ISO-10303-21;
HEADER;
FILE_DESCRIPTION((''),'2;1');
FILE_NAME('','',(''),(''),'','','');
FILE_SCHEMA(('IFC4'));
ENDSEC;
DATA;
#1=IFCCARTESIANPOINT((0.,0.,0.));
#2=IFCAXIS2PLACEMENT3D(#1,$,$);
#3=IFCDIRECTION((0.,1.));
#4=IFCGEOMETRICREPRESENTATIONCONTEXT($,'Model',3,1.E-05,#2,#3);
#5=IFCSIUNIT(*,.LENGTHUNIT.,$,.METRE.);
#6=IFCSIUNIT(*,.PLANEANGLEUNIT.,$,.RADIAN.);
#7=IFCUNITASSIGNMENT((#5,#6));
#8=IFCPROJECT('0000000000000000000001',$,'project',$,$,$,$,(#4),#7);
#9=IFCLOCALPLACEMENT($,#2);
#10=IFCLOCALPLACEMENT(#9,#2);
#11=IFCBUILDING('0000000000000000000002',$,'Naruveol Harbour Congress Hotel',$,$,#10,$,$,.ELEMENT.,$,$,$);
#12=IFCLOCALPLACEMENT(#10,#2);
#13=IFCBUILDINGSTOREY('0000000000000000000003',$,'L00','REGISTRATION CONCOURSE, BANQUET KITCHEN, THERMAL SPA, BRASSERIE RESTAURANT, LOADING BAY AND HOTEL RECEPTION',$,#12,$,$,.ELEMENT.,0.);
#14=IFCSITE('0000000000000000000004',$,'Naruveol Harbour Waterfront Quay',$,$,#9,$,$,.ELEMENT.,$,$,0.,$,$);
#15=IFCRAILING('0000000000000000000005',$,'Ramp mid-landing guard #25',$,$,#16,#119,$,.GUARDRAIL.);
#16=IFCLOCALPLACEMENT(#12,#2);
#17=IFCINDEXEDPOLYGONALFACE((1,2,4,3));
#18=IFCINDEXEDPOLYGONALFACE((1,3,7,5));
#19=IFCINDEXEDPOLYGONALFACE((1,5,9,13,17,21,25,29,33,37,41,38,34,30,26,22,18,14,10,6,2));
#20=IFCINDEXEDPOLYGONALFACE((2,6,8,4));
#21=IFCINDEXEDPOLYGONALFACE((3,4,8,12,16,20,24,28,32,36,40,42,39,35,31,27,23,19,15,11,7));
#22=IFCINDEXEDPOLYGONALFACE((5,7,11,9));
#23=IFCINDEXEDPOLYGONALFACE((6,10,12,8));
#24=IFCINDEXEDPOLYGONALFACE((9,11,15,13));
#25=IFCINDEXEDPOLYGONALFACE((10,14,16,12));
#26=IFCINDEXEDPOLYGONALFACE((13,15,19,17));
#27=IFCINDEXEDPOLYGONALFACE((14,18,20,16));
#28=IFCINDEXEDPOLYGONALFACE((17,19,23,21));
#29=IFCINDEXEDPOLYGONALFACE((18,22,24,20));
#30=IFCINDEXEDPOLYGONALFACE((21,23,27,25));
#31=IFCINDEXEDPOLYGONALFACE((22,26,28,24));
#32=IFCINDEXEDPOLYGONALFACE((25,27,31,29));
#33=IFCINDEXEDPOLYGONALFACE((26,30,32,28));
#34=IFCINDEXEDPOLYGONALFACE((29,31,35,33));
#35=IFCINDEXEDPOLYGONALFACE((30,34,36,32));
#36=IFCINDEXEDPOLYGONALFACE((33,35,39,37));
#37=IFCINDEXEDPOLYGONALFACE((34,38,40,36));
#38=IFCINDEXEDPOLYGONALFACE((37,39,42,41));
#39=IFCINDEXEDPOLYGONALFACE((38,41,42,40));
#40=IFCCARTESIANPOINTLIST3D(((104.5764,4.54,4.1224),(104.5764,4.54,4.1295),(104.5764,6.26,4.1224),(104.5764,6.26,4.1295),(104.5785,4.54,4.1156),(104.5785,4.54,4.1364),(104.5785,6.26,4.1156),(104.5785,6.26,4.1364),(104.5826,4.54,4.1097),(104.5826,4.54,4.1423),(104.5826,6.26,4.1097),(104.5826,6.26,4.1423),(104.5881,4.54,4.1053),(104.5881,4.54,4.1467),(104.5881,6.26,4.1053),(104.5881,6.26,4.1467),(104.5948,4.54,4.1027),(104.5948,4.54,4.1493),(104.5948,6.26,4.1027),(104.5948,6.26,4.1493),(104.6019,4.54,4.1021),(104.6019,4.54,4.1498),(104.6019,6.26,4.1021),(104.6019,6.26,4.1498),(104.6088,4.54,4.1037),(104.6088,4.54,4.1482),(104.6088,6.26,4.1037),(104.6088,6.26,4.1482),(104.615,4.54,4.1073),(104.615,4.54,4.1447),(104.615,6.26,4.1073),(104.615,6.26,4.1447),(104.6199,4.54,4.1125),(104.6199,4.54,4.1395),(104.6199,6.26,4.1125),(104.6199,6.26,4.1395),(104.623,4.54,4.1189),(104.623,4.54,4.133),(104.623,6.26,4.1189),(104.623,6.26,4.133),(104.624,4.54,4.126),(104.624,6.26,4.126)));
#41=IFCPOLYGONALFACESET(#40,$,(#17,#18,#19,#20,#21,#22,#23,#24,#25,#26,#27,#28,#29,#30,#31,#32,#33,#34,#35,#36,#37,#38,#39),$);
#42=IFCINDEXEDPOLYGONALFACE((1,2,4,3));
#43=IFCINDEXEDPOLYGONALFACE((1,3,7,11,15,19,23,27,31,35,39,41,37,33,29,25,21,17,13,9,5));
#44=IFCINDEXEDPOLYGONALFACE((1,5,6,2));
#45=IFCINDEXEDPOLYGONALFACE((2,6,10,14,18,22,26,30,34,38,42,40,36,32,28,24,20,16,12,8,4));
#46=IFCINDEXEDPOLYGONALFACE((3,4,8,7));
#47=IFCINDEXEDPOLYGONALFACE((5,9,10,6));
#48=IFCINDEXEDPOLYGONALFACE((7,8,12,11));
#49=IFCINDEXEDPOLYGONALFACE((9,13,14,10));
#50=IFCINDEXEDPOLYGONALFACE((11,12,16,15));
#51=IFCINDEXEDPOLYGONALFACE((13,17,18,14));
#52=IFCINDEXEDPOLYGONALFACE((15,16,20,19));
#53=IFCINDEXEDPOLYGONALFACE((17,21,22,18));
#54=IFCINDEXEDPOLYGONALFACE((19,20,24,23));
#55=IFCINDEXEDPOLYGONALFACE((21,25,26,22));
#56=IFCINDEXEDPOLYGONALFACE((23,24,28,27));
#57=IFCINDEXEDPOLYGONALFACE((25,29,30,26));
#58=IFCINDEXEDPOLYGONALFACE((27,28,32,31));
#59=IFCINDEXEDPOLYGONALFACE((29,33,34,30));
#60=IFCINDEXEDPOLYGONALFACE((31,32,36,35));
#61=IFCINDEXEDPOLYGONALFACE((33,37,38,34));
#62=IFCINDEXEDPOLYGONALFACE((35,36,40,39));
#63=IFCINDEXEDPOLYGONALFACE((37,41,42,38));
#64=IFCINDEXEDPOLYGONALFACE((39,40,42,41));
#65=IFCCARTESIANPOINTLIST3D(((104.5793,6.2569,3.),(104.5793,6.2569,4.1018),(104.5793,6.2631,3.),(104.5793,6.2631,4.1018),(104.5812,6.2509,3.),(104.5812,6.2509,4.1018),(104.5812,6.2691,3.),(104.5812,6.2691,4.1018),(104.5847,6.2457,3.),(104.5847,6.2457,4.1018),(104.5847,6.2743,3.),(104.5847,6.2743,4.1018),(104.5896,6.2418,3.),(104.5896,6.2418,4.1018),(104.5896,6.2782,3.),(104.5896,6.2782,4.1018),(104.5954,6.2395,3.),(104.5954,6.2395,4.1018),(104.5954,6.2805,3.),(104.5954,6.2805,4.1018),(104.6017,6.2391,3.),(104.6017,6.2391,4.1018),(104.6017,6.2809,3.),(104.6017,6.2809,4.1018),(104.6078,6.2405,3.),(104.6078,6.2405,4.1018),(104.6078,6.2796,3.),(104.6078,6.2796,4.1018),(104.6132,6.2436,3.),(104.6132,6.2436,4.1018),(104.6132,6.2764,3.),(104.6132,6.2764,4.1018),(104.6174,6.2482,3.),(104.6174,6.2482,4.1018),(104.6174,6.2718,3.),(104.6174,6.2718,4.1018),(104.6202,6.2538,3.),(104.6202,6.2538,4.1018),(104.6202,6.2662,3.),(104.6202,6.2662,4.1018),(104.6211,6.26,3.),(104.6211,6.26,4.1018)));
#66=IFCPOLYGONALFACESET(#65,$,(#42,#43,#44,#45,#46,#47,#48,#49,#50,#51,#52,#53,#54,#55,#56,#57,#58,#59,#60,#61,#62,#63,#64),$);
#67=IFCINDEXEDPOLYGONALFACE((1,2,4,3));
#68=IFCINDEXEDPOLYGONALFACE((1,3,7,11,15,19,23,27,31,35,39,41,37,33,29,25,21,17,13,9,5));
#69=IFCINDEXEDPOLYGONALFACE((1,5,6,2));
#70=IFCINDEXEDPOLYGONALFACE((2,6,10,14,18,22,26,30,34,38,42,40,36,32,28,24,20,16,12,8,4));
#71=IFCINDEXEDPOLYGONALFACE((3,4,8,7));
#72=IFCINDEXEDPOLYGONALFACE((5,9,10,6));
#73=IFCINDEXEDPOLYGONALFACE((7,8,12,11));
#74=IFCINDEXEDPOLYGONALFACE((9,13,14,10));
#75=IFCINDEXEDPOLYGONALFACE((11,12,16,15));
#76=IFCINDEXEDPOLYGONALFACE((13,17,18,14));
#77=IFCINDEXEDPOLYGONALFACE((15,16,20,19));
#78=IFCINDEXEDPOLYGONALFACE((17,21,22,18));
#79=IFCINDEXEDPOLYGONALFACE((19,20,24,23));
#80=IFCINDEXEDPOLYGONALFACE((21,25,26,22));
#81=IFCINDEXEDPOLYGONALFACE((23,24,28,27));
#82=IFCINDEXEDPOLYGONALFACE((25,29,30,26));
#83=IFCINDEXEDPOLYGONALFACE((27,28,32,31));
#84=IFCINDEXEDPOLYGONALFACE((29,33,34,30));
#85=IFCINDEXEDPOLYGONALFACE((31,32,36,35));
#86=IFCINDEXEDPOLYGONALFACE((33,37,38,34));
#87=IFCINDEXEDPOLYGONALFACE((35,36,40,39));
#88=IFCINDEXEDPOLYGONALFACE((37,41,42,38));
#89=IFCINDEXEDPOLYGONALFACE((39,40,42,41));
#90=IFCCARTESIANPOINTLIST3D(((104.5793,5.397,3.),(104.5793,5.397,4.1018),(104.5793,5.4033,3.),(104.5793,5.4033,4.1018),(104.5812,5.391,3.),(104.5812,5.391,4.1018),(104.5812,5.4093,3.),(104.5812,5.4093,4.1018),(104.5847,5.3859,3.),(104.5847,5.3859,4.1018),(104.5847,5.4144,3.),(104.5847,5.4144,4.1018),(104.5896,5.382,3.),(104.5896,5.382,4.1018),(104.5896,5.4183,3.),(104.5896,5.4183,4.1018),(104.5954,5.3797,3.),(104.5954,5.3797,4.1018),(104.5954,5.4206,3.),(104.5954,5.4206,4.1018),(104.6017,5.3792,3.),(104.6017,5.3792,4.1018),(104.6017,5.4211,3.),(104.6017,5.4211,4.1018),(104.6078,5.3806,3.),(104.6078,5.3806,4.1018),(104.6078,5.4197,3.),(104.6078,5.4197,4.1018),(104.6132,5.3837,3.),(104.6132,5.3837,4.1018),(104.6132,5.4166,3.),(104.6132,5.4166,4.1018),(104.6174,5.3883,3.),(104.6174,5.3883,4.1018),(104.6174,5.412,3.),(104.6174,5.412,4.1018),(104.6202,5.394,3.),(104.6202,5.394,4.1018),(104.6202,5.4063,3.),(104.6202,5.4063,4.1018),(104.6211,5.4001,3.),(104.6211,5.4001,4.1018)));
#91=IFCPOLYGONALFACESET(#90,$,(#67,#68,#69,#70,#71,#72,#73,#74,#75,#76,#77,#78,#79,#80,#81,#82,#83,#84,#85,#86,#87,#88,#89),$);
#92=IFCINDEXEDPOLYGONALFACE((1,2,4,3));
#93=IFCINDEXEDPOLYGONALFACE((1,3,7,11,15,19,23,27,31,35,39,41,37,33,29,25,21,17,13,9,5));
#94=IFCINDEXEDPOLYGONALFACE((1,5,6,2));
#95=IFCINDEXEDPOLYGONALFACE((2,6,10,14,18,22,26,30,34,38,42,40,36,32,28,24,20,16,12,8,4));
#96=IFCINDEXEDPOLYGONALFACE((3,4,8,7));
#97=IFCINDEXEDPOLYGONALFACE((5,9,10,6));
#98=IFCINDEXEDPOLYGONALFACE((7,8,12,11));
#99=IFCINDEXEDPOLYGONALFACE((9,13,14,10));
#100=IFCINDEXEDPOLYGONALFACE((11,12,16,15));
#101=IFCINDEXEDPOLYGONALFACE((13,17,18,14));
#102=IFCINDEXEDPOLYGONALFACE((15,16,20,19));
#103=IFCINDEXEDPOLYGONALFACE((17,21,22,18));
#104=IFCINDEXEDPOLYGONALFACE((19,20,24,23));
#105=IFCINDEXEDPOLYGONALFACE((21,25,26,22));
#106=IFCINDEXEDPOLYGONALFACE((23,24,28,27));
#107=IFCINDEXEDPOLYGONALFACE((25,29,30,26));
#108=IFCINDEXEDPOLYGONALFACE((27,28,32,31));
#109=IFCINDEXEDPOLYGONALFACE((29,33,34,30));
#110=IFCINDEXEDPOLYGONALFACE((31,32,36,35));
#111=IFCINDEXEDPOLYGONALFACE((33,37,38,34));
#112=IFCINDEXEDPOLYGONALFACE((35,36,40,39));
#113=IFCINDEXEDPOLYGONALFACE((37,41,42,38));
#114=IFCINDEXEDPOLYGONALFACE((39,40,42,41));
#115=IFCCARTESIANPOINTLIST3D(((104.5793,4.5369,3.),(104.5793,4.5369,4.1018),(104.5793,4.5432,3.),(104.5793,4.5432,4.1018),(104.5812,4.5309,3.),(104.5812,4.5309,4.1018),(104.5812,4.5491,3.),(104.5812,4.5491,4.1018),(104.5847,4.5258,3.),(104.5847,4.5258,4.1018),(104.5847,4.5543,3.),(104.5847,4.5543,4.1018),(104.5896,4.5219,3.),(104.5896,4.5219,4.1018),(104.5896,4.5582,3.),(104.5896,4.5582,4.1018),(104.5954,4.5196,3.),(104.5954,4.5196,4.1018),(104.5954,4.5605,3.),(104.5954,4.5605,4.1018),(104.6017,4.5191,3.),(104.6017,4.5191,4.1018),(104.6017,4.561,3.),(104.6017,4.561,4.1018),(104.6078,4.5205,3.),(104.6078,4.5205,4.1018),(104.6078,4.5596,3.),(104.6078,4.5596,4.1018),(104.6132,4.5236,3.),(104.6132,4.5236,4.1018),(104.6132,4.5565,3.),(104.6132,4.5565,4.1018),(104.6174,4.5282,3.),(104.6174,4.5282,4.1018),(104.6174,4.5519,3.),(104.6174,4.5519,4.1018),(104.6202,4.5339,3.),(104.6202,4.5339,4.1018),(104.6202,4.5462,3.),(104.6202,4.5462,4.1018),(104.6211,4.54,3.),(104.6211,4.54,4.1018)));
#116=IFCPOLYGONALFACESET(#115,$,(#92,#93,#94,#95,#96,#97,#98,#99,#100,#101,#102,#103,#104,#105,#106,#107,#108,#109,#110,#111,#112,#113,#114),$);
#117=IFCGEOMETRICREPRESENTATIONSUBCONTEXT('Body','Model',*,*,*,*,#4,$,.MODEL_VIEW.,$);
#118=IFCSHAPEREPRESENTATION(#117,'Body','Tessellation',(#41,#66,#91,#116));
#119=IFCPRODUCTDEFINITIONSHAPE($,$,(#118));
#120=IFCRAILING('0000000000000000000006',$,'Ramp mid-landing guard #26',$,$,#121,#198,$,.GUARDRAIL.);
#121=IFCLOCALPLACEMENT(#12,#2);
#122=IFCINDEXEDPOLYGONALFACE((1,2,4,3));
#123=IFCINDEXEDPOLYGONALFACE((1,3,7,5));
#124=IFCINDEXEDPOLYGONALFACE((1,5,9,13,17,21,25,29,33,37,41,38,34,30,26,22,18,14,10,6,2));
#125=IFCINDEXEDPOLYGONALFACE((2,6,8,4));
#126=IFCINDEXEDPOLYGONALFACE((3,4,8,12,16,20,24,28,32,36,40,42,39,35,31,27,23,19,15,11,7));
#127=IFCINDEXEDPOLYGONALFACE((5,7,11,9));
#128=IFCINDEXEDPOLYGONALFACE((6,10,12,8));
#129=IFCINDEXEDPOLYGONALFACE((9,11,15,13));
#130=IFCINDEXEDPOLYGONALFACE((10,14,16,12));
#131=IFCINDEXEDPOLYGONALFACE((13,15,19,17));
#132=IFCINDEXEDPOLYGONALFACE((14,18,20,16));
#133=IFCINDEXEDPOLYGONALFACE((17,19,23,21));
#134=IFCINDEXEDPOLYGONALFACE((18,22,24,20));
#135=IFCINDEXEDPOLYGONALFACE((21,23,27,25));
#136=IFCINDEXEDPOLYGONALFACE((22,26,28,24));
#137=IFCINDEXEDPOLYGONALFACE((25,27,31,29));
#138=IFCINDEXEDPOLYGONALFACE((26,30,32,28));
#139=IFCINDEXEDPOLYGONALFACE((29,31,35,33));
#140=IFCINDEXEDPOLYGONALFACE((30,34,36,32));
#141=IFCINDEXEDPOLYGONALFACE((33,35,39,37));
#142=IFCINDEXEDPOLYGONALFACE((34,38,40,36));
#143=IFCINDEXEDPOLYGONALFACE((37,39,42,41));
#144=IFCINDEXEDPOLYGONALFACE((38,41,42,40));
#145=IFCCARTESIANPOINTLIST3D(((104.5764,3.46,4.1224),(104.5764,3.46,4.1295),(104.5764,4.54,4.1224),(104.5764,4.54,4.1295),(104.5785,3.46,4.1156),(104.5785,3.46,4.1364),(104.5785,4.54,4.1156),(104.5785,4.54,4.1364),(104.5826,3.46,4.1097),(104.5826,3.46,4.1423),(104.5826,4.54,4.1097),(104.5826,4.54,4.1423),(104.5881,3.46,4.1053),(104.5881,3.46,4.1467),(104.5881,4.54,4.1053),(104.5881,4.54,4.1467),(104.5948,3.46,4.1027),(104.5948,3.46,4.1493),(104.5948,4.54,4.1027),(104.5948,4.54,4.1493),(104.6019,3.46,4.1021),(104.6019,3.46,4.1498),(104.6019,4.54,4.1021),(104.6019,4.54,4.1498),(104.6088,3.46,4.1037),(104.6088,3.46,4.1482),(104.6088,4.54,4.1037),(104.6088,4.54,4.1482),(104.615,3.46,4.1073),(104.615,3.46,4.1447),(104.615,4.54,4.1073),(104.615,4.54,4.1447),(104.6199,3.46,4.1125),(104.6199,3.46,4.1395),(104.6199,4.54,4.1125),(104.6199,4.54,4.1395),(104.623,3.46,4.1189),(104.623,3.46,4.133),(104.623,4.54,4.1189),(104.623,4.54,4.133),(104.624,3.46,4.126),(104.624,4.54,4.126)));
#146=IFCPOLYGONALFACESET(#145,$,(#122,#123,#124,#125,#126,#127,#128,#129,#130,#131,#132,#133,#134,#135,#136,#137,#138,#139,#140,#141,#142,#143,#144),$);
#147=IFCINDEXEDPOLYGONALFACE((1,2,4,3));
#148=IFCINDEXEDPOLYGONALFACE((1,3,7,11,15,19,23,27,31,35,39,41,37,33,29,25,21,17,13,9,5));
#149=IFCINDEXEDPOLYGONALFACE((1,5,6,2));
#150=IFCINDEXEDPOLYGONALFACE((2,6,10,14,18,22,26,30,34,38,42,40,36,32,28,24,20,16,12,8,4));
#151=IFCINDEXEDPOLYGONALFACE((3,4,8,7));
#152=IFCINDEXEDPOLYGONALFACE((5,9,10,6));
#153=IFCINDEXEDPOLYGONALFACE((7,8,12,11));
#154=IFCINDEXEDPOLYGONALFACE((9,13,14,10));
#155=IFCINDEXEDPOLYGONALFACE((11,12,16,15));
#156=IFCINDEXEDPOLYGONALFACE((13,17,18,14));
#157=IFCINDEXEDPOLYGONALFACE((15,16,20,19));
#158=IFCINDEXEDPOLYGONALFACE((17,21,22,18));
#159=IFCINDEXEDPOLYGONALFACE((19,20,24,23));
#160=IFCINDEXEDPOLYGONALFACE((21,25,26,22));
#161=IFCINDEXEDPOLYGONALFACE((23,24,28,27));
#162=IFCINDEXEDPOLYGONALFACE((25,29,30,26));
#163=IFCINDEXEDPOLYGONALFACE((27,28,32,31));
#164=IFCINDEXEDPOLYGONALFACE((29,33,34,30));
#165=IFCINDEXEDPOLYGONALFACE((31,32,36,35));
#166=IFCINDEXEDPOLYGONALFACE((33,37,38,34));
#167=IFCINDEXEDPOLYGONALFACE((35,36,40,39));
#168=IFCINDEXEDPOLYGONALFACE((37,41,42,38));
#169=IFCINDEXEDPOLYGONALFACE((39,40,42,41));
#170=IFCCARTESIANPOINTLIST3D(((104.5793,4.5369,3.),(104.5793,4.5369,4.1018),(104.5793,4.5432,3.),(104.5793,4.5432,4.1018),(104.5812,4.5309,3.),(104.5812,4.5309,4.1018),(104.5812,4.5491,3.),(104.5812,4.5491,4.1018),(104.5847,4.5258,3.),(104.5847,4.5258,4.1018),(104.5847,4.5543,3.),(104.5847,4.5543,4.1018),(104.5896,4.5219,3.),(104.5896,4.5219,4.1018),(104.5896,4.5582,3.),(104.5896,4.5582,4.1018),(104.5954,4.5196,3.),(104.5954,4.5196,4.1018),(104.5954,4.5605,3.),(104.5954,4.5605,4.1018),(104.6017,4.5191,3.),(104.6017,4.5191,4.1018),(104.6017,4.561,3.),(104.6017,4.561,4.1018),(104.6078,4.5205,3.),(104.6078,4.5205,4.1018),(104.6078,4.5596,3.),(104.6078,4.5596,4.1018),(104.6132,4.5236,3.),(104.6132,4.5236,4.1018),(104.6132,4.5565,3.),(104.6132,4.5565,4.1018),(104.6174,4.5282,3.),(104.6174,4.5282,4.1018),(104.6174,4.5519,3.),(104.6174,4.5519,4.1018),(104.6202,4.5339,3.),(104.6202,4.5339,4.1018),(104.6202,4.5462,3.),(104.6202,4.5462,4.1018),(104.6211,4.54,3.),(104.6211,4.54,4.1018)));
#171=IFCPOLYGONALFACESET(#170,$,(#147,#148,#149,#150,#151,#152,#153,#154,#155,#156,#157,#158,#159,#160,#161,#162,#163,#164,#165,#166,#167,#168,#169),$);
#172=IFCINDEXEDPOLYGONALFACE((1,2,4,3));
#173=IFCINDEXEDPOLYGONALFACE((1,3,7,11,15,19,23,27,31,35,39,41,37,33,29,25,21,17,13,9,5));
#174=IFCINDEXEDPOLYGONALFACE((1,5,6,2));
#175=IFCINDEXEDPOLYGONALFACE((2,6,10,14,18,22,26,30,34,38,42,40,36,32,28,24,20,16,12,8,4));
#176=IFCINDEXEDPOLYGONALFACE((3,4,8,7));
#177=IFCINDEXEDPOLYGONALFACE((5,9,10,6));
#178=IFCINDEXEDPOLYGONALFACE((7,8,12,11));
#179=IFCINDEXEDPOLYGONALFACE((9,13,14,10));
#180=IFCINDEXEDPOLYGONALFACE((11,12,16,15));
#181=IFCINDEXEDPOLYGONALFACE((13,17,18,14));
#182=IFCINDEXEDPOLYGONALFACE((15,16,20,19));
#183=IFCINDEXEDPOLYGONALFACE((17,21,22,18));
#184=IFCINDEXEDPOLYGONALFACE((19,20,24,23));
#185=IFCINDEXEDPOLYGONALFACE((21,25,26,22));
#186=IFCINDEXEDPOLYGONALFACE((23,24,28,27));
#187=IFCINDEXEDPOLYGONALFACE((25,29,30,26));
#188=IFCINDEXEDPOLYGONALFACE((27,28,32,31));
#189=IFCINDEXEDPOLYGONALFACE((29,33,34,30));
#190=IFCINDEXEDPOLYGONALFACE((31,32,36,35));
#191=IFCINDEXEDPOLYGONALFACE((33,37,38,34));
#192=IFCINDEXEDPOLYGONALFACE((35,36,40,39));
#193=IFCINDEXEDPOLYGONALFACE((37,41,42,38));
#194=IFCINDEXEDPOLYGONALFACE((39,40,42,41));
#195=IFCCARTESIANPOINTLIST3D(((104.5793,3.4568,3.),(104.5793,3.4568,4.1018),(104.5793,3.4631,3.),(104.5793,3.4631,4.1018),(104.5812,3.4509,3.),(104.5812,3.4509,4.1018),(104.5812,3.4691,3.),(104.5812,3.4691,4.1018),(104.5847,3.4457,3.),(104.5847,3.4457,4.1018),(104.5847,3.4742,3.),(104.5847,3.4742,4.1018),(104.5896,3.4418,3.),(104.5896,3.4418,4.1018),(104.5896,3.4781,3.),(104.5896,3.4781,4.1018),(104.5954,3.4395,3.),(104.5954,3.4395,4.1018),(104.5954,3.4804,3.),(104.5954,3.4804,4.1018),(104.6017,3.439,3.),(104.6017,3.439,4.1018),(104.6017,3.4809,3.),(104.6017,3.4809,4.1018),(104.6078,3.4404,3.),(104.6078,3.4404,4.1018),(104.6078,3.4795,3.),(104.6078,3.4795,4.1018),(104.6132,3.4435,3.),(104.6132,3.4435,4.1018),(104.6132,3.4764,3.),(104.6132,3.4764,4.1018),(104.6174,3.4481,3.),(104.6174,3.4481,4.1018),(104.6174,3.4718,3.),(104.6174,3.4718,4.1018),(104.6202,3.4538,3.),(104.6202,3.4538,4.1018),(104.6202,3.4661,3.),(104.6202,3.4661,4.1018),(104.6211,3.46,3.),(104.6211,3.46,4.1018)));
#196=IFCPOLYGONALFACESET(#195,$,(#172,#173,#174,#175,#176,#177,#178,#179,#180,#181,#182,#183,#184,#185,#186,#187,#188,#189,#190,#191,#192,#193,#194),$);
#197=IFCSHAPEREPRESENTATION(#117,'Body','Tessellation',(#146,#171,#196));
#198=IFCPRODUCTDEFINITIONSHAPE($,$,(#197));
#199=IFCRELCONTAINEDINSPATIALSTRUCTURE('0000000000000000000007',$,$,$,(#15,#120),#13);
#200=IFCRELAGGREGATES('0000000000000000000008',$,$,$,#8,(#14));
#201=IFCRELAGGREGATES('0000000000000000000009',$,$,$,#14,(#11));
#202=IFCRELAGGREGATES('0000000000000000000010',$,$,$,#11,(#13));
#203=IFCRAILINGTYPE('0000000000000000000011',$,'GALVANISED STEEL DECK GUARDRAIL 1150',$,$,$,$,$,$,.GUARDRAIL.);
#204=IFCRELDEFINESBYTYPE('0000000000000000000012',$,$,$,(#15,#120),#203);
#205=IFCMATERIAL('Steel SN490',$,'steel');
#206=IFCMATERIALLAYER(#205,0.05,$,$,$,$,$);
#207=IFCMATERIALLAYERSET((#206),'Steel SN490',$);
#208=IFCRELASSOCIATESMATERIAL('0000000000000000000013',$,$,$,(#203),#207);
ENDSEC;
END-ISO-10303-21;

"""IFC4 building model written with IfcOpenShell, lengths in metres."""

from ifc_helpers import new_model, si_unit, direction, frame, origin, origin_2d, place, context, subcontext, project, spatial, circle, extrude, material, layer, layer_set, type_object, element, save


model = new_model("IFC4")

# Units and contexts
model_context = context("Model", 3, precision=1e-05, world=origin(), true_north=direction((0.0, 1.0)))
body_context = subcontext(model_context, "Body", "Model", "MODEL_VIEW")
ifc_project = project(units=[si_unit("LENGTHUNIT", "METRE"), si_unit("PLANEANGLEUNIT", "RADIAN")], contexts=[model_context])

# Site, building, storey
site_placement = place(None, origin())
site = spatial("IfcSite", under=ifc_project, at=site_placement, Name="Naruveol Harbour Waterfront Quay", CompositionType="ELEMENT", RefElevation=0.0)
building_placement = place(site_placement, origin())
building = spatial("IfcBuilding", under=site, at=building_placement, Name="Naruveol Harbour Congress Hotel", CompositionType="ELEMENT")
storey_placement = place(building_placement, origin())
storey = spatial("IfcBuildingStorey", under=building, at=storey_placement, Name="L00", Description="REGISTRATION CONCOURSE, BANQUET KITCHEN, THERMAL SPA, BRASSERIE RESTAURANT, LOADING BAY AND HOTEL RECEPTION", CompositionType="ELEMENT", Elevation=0.0)

# Railings
ifc_material_1 = material(Name="Steel SN490", Category="steel")
ifc_layer_1 = layer(ifc_material_1, 0.05)
ifc_layer_set_1 = layer_set([ifc_layer_1], Name="Steel SN490")
railing_type = type_object("IfcRailingType", Name="GALVANISED STEEL DECK GUARDRAIL 1150", PredefinedType="GUARDRAIL", material=ifc_layer_set_1)
railing_1_placement = place(storey_placement, frame((104.6001, 6.26, 3.0)))
element("IfcRailing", 1, at=railing_1_placement, inside=storey, type_object=railing_type, Name="Ramp mid-landing guard #25", PredefinedType="GUARDRAIL", context=body_context, shape_type="SweptSolid", body=[
    extrude(circle(Radius=0.0239, at=origin_2d()), frame((0.0, 0.0, 1.126), z_axis=(0.0, -1.0, 0.0), x_axis=(1.0, 0.0, 0.0)), (0.0, 0.0, 1.0), 1.72),
    extrude(circle(Radius=0.021, at=origin_2d()), origin(), (0.0, 0.0, 1.0), 1.1018),
    extrude(circle(Radius=0.021, at=origin_2d()), frame((0.0, -0.8599, 0.0)), (0.0, 0.0, 1.0), 1.1018),
    extrude(circle(Radius=0.021, at=origin_2d()), frame((0.0, -1.72, 0.0)), (0.0, 0.0, 1.0), 1.1018),
])
railing_2_placement = place(storey_placement, frame((104.6001, 4.54, 3.0)))
element("IfcRailing", 2, at=railing_2_placement, inside=storey, type_object=railing_type, Name="Ramp mid-landing guard #26", PredefinedType="GUARDRAIL", context=body_context, shape_type="SweptSolid", body=[
    extrude(circle(Radius=0.0239, at=origin_2d()), frame((0.0, 0.0, 1.126), z_axis=(0.0, -1.0, 0.0), x_axis=(1.0, 0.0, 0.0)), (0.0, 0.0, 1.0), 1.0801),
    extrude(circle(Radius=0.021, at=origin_2d()), origin(), (0.0, 0.0, 1.0), 1.1018),
    extrude(circle(Radius=0.021, at=origin_2d()), frame((0.0, -1.0801, 0.0)), (0.0, 0.0, 1.0), 1.1018),
])

save(model, "model.ifc")
